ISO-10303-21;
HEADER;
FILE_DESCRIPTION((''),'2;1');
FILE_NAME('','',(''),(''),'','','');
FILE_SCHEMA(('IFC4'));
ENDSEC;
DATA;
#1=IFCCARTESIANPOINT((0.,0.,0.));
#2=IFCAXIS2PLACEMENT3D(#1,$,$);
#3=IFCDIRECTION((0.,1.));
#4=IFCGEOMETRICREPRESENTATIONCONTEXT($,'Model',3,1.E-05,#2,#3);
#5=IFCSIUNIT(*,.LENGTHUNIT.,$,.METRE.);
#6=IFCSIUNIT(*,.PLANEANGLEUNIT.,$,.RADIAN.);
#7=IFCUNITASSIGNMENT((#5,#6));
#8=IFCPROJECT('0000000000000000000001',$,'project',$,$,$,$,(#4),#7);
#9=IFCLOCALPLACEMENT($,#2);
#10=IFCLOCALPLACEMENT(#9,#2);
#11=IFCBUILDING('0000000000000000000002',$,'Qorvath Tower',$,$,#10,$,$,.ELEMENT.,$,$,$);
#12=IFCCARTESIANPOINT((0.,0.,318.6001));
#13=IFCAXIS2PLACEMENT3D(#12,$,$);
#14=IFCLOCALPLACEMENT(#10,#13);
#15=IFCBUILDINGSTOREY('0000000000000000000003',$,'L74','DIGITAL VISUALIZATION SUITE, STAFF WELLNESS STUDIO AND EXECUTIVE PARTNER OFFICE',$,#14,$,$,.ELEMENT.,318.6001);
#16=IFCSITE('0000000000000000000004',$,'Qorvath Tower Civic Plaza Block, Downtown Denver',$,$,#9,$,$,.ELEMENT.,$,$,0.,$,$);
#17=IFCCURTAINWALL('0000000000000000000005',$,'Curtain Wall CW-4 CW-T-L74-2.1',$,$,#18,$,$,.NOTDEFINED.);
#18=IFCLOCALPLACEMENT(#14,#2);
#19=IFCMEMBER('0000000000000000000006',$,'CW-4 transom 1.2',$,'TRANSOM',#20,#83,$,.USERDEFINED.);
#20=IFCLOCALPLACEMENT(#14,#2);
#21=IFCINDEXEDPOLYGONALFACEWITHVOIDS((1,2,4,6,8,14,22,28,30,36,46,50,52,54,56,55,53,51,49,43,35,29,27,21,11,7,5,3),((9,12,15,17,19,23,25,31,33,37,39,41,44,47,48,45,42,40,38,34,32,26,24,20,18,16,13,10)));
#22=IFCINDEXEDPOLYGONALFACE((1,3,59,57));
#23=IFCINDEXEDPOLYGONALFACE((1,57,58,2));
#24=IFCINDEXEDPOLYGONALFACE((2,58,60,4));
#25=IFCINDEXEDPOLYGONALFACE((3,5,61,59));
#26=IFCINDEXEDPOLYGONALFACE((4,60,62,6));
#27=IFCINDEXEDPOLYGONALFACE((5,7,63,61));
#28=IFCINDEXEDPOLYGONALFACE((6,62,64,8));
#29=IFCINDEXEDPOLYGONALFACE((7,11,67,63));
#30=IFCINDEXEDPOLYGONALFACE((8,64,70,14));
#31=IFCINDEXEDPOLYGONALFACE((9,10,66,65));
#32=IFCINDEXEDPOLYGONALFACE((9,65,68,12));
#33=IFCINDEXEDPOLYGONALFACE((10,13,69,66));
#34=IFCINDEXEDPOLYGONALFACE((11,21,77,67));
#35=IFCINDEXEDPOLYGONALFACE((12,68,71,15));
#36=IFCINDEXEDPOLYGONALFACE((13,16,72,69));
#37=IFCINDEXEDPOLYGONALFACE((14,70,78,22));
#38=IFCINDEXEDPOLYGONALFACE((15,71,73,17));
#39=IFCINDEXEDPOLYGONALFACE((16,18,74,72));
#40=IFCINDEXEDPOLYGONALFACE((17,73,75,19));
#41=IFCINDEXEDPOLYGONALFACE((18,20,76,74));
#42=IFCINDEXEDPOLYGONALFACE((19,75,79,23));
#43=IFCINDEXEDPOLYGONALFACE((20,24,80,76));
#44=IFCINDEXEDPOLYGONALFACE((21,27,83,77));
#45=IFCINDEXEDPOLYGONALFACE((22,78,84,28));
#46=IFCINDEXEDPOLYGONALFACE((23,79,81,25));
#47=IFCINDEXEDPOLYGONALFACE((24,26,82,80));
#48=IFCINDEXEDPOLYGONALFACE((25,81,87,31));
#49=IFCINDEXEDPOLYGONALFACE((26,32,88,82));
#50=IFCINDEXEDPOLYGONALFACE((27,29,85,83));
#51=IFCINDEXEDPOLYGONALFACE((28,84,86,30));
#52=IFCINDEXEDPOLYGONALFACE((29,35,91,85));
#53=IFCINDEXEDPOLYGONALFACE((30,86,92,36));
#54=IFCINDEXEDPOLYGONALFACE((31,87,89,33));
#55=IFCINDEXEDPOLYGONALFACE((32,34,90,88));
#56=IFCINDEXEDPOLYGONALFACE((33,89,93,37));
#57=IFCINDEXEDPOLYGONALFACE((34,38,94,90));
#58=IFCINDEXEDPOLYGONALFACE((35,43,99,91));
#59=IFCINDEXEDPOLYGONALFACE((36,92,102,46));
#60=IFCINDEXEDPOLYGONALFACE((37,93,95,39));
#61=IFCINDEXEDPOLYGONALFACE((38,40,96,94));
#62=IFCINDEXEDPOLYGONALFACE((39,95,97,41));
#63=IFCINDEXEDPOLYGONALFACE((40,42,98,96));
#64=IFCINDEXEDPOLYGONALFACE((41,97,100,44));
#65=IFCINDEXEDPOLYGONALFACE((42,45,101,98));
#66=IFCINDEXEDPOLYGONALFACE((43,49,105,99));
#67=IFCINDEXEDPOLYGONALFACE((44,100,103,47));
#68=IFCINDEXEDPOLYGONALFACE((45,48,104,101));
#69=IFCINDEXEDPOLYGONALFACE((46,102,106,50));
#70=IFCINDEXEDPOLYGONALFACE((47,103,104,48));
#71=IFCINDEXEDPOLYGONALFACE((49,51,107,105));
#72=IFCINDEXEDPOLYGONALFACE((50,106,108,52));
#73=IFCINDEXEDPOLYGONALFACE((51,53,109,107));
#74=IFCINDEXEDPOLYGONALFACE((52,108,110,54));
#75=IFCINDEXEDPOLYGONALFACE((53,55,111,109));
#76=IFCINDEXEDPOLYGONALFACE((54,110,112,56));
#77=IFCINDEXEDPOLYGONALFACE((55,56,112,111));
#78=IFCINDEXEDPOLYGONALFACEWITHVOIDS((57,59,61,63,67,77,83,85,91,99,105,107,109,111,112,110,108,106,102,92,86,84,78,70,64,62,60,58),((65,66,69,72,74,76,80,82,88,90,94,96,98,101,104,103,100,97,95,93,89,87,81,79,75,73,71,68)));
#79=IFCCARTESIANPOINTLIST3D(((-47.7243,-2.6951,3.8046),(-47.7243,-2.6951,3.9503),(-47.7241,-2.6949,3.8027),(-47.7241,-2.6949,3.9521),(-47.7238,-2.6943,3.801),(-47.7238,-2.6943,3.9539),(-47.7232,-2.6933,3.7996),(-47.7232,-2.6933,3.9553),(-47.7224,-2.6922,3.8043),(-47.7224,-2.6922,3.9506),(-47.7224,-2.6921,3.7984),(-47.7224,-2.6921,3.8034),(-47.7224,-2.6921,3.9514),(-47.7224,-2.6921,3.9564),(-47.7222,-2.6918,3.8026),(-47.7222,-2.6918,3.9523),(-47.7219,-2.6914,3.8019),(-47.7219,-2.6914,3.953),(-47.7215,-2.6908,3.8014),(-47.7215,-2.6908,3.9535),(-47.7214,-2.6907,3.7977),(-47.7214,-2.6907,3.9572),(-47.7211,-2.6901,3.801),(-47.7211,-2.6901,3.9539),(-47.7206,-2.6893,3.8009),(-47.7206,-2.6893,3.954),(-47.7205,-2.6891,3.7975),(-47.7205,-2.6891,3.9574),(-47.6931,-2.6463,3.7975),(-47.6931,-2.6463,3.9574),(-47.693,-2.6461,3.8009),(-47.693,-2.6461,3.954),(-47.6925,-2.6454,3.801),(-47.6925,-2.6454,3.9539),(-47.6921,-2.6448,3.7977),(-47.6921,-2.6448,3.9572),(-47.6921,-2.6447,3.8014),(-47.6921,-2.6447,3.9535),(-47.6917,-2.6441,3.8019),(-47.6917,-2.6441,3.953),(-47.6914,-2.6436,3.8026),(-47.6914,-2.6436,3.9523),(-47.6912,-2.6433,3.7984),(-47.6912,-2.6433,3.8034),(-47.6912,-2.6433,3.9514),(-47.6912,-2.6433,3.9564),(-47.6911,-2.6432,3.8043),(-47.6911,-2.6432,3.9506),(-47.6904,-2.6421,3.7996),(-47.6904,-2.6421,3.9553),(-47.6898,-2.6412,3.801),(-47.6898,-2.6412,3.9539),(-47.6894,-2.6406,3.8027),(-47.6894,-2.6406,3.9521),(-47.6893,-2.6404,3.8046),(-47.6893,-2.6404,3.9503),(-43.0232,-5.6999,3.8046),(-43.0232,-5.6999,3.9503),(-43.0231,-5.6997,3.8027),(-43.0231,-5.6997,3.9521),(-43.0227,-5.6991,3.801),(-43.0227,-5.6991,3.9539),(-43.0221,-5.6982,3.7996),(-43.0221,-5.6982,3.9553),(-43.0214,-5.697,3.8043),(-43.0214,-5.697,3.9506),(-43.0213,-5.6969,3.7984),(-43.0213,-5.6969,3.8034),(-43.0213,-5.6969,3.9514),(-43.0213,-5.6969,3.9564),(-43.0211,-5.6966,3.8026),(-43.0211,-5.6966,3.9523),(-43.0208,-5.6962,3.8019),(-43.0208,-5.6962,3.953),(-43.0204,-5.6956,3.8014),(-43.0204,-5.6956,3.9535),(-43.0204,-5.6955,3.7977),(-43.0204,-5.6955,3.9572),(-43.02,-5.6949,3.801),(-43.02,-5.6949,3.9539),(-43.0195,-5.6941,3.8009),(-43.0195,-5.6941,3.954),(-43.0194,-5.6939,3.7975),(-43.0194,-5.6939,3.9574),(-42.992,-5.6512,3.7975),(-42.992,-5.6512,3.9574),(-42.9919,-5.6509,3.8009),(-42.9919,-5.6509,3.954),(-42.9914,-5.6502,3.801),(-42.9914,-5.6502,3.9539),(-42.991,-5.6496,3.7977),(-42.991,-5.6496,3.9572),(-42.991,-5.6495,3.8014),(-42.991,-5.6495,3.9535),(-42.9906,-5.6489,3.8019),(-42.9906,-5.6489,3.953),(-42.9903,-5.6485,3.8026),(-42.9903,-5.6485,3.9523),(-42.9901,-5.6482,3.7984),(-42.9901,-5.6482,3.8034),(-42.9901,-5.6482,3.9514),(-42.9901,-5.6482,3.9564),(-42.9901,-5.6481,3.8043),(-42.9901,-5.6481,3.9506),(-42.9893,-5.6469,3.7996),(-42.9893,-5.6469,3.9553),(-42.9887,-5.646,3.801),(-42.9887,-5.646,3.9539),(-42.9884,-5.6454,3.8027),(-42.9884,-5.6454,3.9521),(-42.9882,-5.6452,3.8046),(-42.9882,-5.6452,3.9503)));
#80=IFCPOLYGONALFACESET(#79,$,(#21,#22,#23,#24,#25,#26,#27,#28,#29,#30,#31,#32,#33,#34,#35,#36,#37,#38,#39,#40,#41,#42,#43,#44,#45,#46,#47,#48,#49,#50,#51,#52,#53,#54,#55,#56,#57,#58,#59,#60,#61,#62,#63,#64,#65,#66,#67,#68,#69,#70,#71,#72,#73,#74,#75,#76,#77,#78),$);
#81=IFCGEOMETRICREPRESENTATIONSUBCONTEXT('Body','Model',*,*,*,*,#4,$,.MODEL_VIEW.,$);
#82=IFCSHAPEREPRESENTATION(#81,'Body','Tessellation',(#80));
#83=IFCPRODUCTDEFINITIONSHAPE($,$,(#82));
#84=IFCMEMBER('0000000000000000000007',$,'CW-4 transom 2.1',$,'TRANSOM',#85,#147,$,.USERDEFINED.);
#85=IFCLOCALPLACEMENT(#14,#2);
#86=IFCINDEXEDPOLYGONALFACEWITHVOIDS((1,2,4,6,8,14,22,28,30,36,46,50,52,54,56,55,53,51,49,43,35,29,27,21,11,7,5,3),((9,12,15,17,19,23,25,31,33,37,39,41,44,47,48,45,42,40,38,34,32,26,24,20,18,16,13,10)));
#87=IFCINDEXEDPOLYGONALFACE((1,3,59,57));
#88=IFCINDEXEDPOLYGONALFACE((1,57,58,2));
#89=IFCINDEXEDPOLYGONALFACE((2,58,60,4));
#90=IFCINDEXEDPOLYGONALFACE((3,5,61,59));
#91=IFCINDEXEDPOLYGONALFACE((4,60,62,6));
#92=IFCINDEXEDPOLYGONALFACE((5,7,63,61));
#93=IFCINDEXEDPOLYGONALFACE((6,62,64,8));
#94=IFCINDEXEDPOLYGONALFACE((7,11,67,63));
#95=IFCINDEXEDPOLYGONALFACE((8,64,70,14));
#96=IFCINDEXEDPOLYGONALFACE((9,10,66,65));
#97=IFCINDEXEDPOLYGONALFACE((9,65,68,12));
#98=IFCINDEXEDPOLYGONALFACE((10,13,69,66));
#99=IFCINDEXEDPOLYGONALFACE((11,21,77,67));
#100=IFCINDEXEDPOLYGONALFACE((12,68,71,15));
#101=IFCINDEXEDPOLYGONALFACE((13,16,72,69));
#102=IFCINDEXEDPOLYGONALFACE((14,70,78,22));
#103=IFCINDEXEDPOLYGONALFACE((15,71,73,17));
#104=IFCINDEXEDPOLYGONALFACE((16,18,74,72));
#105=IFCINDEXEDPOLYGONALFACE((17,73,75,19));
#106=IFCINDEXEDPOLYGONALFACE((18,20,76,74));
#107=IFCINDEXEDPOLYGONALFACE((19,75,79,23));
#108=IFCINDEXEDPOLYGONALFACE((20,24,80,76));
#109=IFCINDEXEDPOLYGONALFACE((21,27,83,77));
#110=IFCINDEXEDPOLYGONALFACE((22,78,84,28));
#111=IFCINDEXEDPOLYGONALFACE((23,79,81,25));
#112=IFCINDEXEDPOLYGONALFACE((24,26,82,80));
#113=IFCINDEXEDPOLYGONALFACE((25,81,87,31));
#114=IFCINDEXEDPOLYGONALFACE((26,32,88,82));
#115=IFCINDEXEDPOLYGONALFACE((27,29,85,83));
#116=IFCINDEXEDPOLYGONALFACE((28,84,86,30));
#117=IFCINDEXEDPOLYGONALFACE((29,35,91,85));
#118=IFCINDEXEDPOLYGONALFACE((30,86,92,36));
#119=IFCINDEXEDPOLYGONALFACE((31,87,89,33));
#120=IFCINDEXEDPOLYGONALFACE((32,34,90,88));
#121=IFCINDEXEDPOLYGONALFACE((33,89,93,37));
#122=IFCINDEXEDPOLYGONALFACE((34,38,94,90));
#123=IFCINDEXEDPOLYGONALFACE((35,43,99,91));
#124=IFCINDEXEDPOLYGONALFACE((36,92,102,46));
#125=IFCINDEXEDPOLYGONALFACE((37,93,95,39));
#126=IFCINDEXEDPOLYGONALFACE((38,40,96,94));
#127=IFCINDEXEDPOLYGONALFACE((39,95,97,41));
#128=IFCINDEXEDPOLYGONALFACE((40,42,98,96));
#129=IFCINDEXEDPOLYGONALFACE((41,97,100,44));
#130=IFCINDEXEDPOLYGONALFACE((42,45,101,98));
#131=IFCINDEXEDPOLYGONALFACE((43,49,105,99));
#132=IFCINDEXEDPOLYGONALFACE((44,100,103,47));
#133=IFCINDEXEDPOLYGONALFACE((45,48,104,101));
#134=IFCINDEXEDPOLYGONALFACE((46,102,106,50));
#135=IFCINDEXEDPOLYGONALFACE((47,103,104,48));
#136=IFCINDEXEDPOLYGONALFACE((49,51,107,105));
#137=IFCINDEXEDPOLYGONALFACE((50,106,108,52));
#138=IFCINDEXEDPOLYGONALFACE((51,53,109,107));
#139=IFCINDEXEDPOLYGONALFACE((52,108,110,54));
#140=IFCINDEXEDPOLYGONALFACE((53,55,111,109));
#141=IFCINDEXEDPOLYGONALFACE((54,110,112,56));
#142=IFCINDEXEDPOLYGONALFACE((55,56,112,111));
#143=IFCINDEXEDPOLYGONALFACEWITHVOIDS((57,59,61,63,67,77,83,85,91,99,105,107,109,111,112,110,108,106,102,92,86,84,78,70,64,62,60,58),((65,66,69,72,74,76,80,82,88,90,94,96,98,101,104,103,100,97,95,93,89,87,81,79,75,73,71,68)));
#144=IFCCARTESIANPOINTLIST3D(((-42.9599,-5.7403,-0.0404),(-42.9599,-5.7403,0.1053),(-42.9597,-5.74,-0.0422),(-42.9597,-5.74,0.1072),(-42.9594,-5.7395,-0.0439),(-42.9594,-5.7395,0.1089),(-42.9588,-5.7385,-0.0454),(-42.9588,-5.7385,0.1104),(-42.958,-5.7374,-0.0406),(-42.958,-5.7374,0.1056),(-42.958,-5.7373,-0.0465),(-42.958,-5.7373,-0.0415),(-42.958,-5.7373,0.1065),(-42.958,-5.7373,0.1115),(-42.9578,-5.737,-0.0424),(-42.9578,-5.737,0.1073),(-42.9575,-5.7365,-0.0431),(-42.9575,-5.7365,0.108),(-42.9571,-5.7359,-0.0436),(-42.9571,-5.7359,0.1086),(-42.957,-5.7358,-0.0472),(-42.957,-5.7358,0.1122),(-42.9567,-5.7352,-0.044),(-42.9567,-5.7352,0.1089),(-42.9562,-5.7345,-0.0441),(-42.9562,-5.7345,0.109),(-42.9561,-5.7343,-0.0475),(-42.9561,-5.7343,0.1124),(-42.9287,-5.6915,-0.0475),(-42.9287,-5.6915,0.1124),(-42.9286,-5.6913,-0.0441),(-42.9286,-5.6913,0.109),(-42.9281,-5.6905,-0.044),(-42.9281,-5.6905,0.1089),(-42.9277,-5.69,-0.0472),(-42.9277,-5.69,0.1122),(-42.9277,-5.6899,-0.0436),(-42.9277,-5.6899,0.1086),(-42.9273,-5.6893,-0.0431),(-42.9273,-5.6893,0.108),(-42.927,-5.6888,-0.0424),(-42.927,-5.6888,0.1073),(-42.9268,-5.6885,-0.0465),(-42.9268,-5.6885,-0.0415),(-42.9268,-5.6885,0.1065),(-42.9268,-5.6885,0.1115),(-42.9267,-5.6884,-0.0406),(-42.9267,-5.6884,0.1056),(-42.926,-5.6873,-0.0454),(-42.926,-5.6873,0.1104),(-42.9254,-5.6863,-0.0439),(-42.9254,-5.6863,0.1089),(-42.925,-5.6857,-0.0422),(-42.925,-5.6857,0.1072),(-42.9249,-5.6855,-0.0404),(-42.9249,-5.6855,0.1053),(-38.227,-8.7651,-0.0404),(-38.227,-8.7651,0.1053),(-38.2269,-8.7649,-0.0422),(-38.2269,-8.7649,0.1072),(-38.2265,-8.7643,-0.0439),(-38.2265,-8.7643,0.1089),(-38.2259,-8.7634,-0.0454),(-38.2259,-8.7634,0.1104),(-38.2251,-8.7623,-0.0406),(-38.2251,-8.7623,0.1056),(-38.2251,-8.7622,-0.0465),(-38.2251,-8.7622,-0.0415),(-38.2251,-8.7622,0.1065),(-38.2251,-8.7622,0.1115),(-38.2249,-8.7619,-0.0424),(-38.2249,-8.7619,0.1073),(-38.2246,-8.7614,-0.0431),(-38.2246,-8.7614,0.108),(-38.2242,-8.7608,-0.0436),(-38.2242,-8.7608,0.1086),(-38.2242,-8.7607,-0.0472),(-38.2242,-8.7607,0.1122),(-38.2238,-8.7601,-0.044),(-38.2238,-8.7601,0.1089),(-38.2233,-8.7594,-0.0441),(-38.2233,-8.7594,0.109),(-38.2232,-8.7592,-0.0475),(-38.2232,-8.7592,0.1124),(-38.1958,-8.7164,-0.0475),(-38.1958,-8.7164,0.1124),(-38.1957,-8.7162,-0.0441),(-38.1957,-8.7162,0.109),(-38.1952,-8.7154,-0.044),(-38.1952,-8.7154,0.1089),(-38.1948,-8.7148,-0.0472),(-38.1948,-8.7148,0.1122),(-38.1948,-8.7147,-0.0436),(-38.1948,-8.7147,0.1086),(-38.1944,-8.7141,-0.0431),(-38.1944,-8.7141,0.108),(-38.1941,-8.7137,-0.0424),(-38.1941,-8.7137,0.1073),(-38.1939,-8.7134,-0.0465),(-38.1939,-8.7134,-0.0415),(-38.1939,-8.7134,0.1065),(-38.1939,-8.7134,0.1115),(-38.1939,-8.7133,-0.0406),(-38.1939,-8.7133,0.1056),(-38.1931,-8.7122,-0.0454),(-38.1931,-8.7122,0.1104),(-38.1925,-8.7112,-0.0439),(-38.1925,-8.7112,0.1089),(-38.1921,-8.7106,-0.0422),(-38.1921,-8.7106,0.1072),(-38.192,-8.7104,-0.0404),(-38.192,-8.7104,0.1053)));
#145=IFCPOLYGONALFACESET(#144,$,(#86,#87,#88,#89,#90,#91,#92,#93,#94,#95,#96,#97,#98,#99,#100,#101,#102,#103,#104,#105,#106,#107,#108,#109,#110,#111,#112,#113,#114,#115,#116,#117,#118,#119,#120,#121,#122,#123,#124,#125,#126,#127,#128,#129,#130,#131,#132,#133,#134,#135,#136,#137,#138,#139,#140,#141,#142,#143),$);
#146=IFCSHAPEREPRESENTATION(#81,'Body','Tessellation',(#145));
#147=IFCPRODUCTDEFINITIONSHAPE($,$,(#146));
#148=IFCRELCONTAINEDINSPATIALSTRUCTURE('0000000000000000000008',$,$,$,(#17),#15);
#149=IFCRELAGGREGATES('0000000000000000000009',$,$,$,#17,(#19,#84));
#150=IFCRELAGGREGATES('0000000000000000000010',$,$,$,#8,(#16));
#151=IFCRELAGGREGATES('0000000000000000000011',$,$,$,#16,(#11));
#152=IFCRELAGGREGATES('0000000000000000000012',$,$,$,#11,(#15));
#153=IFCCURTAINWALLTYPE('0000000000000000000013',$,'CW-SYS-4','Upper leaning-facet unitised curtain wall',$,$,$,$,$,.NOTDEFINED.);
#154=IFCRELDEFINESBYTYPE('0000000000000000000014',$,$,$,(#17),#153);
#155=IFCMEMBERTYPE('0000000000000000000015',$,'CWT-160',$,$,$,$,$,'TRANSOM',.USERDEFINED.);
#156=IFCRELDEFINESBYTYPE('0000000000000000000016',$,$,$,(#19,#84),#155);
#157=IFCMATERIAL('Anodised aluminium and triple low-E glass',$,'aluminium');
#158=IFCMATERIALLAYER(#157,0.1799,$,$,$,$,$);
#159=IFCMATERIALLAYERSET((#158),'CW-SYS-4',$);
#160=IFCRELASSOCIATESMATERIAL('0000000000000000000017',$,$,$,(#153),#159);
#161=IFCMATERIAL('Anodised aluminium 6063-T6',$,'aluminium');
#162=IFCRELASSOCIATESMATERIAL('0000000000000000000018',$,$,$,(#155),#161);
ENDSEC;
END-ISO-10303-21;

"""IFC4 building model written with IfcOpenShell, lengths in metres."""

from ifc_helpers import new_model, si_unit, direction, frame, origin, origin_2d, place, context, subcontext, project, spatial, hollow_rectangle, extrude, material, layer, layer_set, material_profile, profile_set, type_object, element, aggregate, save


model = new_model("IFC4")

# Units and contexts
model_context = context("Model", 3, precision=1e-05, world=origin(), true_north=direction((0.0, 1.0)))
body_context = subcontext(model_context, "Body", "Model", "MODEL_VIEW")
ifc_project = project(units=[si_unit("LENGTHUNIT", "METRE"), si_unit("PLANEANGLEUNIT", "RADIAN")], contexts=[model_context])

# Site, building, storey
site_placement = place(None, origin())
site = spatial("IfcSite", under=ifc_project, at=site_placement, Name="Qorvath Tower Civic Plaza Block, Downtown Denver", CompositionType="ELEMENT", RefElevation=0.0)
building_placement = place(site_placement, origin())
building = spatial("IfcBuilding", under=site, at=building_placement, Name="Qorvath Tower", CompositionType="ELEMENT")
storey_placement = place(building_placement, frame((0.0, 0.0, 318.6001)))
storey = spatial("IfcBuildingStorey", under=building, at=storey_placement, Name="L74", Description="DIGITAL VISUALIZATION SUITE, STAFF WELLNESS STUDIO AND EXECUTIVE PARTNER OFFICE", CompositionType="ELEMENT", Elevation=318.6001)

# Curtain wall, members
ifc_material_1 = material(Name="Anodised aluminium and triple low-E glass", Category="aluminium")
ifc_layer_1 = layer(ifc_material_1, 0.1799)
ifc_layer_set_1 = layer_set([ifc_layer_1], Name="CW-SYS-4")
curtain_wall_type = type_object("IfcCurtainWallType", Name="CW-SYS-4", Description="Upper leaning-facet unitised curtain wall", PredefinedType="NOTDEFINED", material=ifc_layer_set_1)
curtain_wall_placement = place(storey_placement, origin())
curtain_wall = element("IfcCurtainWall", 1, at=curtain_wall_placement, inside=storey, type_object=curtain_wall_type, Name="Curtain Wall CW-4 CW-T-L74-2.1", PredefinedType="NOTDEFINED")
ifc_material_2 = material(Name="Anodised aluminium 6063-T6", Category="aluminium")
ifc_material_profile_1 = material_profile(ifc_material_2, hollow_rectangle(XDim=0.0649, YDim=0.1599, WallThickness=0.0034, InnerFilletRadius=0.0034, OuterFilletRadius=0.0071, at=origin_2d()), Name="CWT 160x65")
ifc_profile_set_1 = profile_set([ifc_material_profile_1], Name="Anodised aluminium 6063-T6")
member_type_1 = type_object("IfcMemberType", Name="CWT-160", ElementType="TRANSOM", PredefinedType="USERDEFINED", material=ifc_profile_set_1)
member_1_placement = place(storey_placement, frame((-47.7068, -2.6677, 3.8774), z_axis=(0.842586, -0.538562, 0.0), x_axis=(0.538562, 0.842586, 0.0)))
member_1 = element("IfcMember", 2, at=member_1_placement, type_object=member_type_1, Name="CW-4 transom 1.2", ObjectType="TRANSOM", PredefinedType="USERDEFINED", context=body_context, shape_type="SweptSolid", body=[
    extrude(hollow_rectangle(XDim=0.0649, YDim=0.1599, WallThickness=0.0034, InnerFilletRadius=0.0034, OuterFilletRadius=0.0071, at=origin_2d()), origin(), (0.0, 0.0, 1.0), 5.5793),
])
member_2_placement = place(storey_placement, frame((-42.9424, -5.7129, 0.0325), z_axis=(0.842608, -0.538528, 0.0), x_axis=(0.538528, 0.842608, 0.0)))
member_2 = element("IfcMember", 3, at=member_2_placement, type_object=member_type_1, Name="CW-4 transom 2.1", ObjectType="TRANSOM", PredefinedType="USERDEFINED", context=body_context, shape_type="SweptSolid", body=[
    extrude(hollow_rectangle(XDim=0.0649, YDim=0.1599, WallThickness=0.0034, InnerFilletRadius=0.0034, OuterFilletRadius=0.0071, at=origin_2d()), origin(), (0.0, 0.0, 1.0), 5.6169),
])
aggregate(curtain_wall, [member_1, member_2])

save(model, "model.ifc")
